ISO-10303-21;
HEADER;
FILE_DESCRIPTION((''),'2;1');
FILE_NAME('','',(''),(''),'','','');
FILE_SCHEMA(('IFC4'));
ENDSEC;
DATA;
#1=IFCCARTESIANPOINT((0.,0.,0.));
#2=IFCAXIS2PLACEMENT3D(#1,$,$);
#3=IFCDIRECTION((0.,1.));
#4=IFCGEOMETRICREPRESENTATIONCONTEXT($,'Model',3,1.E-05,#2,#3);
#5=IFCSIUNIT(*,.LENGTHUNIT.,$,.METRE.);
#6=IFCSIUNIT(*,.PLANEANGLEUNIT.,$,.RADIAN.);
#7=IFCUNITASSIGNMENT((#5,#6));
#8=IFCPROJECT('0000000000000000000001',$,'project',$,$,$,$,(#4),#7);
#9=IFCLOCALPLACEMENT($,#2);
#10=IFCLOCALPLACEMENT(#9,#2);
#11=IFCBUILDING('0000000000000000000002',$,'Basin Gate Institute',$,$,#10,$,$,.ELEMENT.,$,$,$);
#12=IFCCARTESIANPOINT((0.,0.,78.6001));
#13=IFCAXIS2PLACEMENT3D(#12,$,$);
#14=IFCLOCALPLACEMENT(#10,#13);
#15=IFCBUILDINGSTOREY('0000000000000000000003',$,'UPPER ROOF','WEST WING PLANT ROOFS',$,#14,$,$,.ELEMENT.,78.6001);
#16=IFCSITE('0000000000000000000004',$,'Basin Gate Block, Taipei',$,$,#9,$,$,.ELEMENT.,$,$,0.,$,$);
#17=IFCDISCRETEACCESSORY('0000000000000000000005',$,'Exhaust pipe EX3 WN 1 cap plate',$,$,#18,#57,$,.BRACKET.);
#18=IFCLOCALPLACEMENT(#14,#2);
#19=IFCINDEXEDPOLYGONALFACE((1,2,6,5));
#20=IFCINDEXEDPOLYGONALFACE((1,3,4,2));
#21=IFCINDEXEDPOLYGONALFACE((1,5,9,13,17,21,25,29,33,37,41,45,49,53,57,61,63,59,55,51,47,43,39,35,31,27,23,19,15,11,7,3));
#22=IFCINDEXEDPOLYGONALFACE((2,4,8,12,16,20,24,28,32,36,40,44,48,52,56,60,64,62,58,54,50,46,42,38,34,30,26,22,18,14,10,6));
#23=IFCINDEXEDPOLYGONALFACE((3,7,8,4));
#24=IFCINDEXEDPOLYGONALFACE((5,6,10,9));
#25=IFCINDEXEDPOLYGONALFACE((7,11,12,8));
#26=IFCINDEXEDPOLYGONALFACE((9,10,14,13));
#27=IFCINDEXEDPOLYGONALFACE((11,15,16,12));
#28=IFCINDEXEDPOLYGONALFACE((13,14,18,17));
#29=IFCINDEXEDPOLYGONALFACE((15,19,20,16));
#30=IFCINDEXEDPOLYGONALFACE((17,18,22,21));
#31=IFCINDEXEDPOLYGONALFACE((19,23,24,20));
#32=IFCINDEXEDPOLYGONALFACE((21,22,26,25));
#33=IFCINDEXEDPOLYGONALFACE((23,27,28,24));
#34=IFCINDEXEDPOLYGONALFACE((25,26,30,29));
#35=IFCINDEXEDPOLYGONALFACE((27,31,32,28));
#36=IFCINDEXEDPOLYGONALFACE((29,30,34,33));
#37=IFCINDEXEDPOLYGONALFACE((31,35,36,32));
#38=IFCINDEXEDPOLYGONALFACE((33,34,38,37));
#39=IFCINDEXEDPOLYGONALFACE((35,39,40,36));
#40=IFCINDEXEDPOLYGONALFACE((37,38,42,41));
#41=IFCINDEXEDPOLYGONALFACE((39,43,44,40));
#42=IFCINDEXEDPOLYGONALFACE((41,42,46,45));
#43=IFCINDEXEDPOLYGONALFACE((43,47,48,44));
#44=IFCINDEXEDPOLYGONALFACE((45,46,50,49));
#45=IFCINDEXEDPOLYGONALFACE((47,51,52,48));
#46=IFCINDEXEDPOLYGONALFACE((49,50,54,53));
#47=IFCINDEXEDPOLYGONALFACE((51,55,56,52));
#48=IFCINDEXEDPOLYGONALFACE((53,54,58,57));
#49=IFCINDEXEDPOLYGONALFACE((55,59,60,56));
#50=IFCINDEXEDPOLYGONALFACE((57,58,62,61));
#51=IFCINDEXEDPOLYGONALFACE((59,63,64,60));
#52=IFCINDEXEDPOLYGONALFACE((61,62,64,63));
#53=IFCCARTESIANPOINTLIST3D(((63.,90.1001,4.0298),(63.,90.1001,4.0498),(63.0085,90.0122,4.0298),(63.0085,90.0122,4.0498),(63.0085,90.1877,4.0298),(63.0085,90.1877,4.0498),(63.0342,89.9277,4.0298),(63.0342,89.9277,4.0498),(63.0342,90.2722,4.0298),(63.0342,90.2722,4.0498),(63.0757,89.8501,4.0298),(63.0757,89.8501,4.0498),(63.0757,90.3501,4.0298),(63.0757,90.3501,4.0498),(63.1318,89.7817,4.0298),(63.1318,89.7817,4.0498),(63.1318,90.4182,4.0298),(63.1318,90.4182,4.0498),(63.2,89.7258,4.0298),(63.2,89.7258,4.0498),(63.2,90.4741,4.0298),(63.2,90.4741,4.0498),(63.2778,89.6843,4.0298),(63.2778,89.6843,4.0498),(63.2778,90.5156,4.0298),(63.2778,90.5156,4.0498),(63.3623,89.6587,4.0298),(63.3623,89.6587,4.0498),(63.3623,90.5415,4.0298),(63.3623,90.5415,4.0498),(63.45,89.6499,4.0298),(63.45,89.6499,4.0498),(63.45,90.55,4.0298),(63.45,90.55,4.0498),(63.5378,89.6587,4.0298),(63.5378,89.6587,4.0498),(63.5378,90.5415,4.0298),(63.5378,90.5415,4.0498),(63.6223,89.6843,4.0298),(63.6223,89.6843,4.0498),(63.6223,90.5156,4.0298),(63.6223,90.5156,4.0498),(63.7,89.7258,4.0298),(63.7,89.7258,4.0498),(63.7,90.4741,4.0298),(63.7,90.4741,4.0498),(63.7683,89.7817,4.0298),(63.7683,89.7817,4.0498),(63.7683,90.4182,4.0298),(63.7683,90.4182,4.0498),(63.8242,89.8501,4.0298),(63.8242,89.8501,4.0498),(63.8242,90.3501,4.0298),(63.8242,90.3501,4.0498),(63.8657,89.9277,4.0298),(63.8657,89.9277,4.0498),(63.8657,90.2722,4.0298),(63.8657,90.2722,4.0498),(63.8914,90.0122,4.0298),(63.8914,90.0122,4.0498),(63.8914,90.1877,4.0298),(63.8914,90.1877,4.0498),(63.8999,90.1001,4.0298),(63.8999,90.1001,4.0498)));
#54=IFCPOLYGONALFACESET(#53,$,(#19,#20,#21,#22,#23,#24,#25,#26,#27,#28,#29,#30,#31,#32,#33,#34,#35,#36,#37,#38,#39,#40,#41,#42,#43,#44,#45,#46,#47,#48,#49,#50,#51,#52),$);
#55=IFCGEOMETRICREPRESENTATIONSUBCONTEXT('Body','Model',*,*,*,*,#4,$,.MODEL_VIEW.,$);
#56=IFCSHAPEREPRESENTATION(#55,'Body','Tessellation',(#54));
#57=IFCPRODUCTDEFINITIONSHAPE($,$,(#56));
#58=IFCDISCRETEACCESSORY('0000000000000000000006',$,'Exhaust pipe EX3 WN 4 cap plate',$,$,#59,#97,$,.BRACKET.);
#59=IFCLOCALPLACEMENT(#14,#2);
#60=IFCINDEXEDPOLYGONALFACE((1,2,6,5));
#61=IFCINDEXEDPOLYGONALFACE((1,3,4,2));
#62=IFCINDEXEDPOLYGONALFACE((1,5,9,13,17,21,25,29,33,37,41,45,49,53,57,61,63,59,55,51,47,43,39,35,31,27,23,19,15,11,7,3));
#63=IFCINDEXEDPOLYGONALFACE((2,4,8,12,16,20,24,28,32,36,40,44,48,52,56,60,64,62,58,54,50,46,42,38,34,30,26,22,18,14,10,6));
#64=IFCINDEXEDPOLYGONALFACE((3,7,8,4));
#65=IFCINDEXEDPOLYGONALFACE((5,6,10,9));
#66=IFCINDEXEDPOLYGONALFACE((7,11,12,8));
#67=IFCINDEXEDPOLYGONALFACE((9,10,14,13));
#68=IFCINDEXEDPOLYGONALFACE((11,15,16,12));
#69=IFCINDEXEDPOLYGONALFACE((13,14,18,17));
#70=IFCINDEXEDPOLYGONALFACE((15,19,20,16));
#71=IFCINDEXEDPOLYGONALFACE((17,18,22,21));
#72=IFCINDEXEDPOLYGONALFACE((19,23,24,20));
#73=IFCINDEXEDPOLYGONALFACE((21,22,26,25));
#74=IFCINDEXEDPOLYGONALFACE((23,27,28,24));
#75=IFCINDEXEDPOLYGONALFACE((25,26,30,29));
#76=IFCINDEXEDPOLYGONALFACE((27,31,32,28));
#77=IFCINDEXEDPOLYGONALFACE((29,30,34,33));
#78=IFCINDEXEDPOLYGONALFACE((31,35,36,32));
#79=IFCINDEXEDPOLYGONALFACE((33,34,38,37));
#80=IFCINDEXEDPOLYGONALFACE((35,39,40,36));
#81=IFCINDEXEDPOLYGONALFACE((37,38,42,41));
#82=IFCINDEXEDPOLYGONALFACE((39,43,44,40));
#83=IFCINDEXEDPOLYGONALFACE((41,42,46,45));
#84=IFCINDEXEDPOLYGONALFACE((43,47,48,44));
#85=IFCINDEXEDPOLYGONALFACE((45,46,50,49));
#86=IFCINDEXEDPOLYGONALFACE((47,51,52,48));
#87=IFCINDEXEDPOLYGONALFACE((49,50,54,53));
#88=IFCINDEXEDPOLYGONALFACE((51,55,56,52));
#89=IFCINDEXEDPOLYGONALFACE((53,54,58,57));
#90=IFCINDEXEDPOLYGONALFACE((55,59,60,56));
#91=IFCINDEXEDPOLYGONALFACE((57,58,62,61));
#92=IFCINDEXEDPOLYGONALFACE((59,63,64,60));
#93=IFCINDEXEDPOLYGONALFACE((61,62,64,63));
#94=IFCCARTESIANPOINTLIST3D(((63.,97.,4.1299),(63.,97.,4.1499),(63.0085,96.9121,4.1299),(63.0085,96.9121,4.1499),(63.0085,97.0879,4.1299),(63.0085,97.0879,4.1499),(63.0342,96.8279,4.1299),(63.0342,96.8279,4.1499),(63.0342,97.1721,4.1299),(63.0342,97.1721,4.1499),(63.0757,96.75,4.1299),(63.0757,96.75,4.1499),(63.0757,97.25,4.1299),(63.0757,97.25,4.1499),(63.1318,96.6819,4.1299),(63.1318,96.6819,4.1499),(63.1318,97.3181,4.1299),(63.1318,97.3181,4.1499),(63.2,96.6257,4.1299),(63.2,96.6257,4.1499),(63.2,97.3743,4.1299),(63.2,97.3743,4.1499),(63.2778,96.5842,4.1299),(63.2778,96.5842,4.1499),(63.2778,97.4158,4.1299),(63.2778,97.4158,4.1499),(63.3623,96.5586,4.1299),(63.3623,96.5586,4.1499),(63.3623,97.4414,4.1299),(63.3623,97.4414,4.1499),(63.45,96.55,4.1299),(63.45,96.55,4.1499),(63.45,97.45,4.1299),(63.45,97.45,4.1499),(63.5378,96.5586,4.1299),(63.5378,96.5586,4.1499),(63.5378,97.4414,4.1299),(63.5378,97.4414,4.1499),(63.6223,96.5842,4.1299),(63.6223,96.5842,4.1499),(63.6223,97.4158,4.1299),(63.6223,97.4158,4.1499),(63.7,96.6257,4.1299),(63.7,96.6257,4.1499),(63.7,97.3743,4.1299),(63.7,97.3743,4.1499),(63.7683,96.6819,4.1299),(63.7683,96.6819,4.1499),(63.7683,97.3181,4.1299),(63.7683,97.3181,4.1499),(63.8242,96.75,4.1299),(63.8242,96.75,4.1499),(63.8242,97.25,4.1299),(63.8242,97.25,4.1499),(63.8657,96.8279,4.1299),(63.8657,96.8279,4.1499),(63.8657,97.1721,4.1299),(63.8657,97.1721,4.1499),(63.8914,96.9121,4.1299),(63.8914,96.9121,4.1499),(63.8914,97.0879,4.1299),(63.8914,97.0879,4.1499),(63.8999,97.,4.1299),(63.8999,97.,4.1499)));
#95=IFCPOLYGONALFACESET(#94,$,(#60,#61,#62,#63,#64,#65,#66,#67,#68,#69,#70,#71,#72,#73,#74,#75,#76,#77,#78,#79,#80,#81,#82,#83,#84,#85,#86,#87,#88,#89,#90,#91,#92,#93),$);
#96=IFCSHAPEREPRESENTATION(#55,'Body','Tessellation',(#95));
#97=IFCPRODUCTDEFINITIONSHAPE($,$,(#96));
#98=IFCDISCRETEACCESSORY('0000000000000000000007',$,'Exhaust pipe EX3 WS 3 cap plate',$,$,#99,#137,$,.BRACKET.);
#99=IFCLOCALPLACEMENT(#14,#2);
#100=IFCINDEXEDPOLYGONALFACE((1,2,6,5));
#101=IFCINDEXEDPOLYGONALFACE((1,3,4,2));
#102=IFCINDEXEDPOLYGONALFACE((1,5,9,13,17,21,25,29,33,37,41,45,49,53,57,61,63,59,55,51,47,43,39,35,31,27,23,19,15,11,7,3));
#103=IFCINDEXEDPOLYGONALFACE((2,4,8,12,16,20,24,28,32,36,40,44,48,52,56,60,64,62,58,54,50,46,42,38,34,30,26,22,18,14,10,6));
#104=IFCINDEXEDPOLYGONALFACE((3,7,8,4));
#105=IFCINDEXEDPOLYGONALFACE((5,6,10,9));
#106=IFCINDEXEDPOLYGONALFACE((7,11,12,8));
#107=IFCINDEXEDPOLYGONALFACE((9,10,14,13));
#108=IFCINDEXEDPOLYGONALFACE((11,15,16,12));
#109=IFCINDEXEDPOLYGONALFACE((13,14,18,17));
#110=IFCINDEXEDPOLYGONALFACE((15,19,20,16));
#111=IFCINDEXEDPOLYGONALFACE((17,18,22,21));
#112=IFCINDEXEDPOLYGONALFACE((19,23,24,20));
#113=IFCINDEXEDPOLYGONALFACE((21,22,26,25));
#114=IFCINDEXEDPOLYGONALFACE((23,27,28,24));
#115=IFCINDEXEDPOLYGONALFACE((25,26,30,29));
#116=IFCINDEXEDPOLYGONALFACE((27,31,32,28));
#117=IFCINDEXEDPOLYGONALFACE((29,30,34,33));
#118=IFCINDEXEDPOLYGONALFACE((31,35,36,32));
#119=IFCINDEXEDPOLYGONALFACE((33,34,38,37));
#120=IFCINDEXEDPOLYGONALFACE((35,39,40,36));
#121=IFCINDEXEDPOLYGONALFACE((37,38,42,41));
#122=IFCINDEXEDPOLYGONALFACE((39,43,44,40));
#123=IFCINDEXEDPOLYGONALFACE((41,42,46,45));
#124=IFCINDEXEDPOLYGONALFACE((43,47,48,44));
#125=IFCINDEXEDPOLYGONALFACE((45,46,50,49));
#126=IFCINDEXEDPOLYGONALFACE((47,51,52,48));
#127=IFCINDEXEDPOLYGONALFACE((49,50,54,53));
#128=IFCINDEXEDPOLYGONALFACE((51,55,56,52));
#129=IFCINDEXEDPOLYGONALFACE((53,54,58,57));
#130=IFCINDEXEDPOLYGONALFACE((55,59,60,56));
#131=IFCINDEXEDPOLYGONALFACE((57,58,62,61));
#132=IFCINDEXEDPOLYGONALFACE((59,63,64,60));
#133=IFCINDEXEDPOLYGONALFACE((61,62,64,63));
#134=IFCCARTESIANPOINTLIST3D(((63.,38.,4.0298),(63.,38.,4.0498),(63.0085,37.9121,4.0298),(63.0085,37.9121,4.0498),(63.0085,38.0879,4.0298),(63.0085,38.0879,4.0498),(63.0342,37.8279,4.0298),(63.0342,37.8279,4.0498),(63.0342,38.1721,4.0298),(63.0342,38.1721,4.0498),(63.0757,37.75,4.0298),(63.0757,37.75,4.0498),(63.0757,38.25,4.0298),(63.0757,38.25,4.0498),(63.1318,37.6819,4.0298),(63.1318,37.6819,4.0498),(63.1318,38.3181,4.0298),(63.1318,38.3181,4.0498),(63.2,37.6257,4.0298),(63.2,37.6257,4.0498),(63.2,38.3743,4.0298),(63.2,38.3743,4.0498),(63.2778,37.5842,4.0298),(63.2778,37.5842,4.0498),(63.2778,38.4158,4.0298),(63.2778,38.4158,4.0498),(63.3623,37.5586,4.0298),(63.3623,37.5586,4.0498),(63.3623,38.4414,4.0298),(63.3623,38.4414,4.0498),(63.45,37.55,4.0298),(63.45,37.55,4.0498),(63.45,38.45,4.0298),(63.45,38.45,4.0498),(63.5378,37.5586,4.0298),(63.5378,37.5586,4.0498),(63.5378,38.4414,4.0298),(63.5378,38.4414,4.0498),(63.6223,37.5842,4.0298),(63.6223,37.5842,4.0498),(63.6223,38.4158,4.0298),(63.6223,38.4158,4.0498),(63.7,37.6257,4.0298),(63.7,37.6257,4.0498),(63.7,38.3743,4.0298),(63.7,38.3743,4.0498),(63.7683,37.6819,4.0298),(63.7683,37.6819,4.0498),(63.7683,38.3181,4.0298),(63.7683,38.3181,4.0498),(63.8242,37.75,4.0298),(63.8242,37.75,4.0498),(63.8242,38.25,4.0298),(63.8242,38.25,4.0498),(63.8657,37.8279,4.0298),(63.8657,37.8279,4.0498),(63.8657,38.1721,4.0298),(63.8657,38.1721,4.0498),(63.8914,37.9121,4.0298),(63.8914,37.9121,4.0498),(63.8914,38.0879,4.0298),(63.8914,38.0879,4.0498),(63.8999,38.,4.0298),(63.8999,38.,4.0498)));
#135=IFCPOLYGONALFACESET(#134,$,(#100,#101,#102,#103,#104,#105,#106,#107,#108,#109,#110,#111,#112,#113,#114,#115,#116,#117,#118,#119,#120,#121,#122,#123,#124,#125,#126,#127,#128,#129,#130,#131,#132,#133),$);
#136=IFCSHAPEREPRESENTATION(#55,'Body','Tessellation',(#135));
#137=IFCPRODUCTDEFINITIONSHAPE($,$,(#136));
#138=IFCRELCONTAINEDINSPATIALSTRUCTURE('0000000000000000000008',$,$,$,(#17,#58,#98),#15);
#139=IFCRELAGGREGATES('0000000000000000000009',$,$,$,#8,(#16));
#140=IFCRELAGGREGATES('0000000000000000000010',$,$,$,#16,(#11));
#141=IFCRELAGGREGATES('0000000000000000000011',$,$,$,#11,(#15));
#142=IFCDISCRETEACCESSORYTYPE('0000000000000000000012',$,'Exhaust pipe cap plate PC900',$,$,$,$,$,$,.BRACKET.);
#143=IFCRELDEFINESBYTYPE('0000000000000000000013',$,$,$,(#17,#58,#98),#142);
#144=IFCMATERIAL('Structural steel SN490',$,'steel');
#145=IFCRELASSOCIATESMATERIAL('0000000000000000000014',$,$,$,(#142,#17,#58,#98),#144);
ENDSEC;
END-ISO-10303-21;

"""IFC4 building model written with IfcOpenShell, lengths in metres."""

from ifc_helpers import new_model, si_unit, direction, frame, origin, place, context, subcontext, project, spatial, polyline, outline, extrude, material, type_object, element, save


model = new_model("IFC4")

# Units and contexts
model_context = context("Model", 3, precision=1e-05, world=origin(), true_north=direction((0.0, 1.0)))
body_context = subcontext(model_context, "Body", "Model", "MODEL_VIEW")
ifc_project = project(units=[si_unit("LENGTHUNIT", "METRE"), si_unit("PLANEANGLEUNIT", "RADIAN")], contexts=[model_context])

# Site, building, storey
site_placement = place(None, origin())
site = spatial("IfcSite", under=ifc_project, at=site_placement, Name="Basin Gate Block, Taipei", CompositionType="ELEMENT", RefElevation=0.0)
building_placement = place(site_placement, origin())
building = spatial("IfcBuilding", under=site, at=building_placement, Name="Basin Gate Institute", CompositionType="ELEMENT")
storey_placement = place(building_placement, frame((0.0, 0.0, 78.6001)))
storey = spatial("IfcBuildingStorey", under=building, at=storey_placement, Name="UPPER ROOF", Description="WEST WING PLANT ROOFS", CompositionType="ELEMENT", Elevation=78.6001)

# Discrete accessories
ifc_material_1 = material(Name="Structural steel SN490", Category="steel")
discrete_accessory_type_1 = type_object("IfcDiscreteAccessoryType", Name="Exhaust pipe cap plate PC900", PredefinedType="BRACKET", material=ifc_material_1)
discrete_accessory_1_placement = place(storey_placement, frame((0.0, 0.0, 4.0298)))
element("IfcDiscreteAccessory", 1, at=discrete_accessory_1_placement, inside=storey, type_object=discrete_accessory_type_1, material=ifc_material_1, Name="Exhaust pipe EX3 WN 1 cap plate", PredefinedType="BRACKET", context=body_context, shape_type="SweptSolid", body=[
    extrude(outline(polyline([(63.8999, 90.1001), (63.8914, 90.1877), (63.8657, 90.2722), (63.8242, 90.3501), (63.7683, 90.4182), (63.7, 90.4741), (63.6223, 90.5156), (63.5378, 90.5415), (63.45, 90.55), (63.3623, 90.5415), (63.2778, 90.5156), (63.2, 90.4741), (63.1318, 90.4182), (63.0757, 90.3501), (63.0342, 90.2722), (63.0085, 90.1877), (63.0, 90.1001), (63.0085, 90.0122), (63.0342, 89.9277), (63.0757, 89.8501), (63.1318, 89.7817), (63.2, 89.7258), (63.2778, 89.6843), (63.3623, 89.6587), (63.45, 89.6499), (63.5378, 89.6587), (63.6223, 89.6843), (63.7, 89.7258), (63.7683, 89.7817), (63.8242, 89.8501), (63.8657, 89.9277), (63.8914, 90.0122), (63.8999, 90.1001)])), origin(), (0.0, 0.0, 1.0), 0.02),
])
discrete_accessory_2_placement = place(storey_placement, frame((0.0, 0.0, 4.1299)))
element("IfcDiscreteAccessory", 2, at=discrete_accessory_2_placement, inside=storey, type_object=discrete_accessory_type_1, material=ifc_material_1, Name="Exhaust pipe EX3 WN 4 cap plate", PredefinedType="BRACKET", context=body_context, shape_type="SweptSolid", body=[
    extrude(outline(polyline([(63.8999, 97.0), (63.8914, 97.0879), (63.8657, 97.1721), (63.8242, 97.25), (63.7683, 97.3181), (63.7, 97.3743), (63.6223, 97.4158), (63.5378, 97.4414), (63.45, 97.45), (63.3623, 97.4414), (63.2778, 97.4158), (63.2, 97.3743), (63.1318, 97.3181), (63.0757, 97.25), (63.0342, 97.1721), (63.0085, 97.0879), (63.0, 97.0), (63.0085, 96.9121), (63.0342, 96.8279), (63.0757, 96.75), (63.1318, 96.6819), (63.2, 96.6257), (63.2778, 96.5842), (63.3623, 96.5586), (63.45, 96.55), (63.5378, 96.5586), (63.6223, 96.5842), (63.7, 96.6257), (63.7683, 96.6819), (63.8242, 96.75), (63.8657, 96.8279), (63.8914, 96.9121), (63.8999, 97.0)])), origin(), (0.0, 0.0, 1.0), 0.02),
])
discrete_accessory_3_placement = place(storey_placement, frame((0.0, 0.0, 4.0298)))
element("IfcDiscreteAccessory", 3, at=discrete_accessory_3_placement, inside=storey, type_object=discrete_accessory_type_1, material=ifc_material_1, Name="Exhaust pipe EX3 WS 3 cap plate", PredefinedType="BRACKET", context=body_context, shape_type="SweptSolid", body=[
    extrude(outline(polyline([(63.8999, 38.0), (63.8914, 38.0879), (63.8657, 38.1721), (63.8242, 38.25), (63.7683, 38.3181), (63.7, 38.3743), (63.6223, 38.4158), (63.5378, 38.4414), (63.45, 38.45), (63.3623, 38.4414), (63.2778, 38.4158), (63.2, 38.3743), (63.1318, 38.3181), (63.0757, 38.25), (63.0342, 38.1721), (63.0085, 38.0879), (63.0, 38.0), (63.0085, 37.9121), (63.0342, 37.8279), (63.0757, 37.75), (63.1318, 37.6819), (63.2, 37.6257), (63.2778, 37.5842), (63.3623, 37.5586), (63.45, 37.55), (63.5378, 37.5586), (63.6223, 37.5842), (63.7, 37.6257), (63.7683, 37.6819), (63.8242, 37.75), (63.8657, 37.8279), (63.8914, 37.9121), (63.8999, 38.0)])), origin(), (0.0, 0.0, 1.0), 0.02),
])

save(model, "model.ifc")
